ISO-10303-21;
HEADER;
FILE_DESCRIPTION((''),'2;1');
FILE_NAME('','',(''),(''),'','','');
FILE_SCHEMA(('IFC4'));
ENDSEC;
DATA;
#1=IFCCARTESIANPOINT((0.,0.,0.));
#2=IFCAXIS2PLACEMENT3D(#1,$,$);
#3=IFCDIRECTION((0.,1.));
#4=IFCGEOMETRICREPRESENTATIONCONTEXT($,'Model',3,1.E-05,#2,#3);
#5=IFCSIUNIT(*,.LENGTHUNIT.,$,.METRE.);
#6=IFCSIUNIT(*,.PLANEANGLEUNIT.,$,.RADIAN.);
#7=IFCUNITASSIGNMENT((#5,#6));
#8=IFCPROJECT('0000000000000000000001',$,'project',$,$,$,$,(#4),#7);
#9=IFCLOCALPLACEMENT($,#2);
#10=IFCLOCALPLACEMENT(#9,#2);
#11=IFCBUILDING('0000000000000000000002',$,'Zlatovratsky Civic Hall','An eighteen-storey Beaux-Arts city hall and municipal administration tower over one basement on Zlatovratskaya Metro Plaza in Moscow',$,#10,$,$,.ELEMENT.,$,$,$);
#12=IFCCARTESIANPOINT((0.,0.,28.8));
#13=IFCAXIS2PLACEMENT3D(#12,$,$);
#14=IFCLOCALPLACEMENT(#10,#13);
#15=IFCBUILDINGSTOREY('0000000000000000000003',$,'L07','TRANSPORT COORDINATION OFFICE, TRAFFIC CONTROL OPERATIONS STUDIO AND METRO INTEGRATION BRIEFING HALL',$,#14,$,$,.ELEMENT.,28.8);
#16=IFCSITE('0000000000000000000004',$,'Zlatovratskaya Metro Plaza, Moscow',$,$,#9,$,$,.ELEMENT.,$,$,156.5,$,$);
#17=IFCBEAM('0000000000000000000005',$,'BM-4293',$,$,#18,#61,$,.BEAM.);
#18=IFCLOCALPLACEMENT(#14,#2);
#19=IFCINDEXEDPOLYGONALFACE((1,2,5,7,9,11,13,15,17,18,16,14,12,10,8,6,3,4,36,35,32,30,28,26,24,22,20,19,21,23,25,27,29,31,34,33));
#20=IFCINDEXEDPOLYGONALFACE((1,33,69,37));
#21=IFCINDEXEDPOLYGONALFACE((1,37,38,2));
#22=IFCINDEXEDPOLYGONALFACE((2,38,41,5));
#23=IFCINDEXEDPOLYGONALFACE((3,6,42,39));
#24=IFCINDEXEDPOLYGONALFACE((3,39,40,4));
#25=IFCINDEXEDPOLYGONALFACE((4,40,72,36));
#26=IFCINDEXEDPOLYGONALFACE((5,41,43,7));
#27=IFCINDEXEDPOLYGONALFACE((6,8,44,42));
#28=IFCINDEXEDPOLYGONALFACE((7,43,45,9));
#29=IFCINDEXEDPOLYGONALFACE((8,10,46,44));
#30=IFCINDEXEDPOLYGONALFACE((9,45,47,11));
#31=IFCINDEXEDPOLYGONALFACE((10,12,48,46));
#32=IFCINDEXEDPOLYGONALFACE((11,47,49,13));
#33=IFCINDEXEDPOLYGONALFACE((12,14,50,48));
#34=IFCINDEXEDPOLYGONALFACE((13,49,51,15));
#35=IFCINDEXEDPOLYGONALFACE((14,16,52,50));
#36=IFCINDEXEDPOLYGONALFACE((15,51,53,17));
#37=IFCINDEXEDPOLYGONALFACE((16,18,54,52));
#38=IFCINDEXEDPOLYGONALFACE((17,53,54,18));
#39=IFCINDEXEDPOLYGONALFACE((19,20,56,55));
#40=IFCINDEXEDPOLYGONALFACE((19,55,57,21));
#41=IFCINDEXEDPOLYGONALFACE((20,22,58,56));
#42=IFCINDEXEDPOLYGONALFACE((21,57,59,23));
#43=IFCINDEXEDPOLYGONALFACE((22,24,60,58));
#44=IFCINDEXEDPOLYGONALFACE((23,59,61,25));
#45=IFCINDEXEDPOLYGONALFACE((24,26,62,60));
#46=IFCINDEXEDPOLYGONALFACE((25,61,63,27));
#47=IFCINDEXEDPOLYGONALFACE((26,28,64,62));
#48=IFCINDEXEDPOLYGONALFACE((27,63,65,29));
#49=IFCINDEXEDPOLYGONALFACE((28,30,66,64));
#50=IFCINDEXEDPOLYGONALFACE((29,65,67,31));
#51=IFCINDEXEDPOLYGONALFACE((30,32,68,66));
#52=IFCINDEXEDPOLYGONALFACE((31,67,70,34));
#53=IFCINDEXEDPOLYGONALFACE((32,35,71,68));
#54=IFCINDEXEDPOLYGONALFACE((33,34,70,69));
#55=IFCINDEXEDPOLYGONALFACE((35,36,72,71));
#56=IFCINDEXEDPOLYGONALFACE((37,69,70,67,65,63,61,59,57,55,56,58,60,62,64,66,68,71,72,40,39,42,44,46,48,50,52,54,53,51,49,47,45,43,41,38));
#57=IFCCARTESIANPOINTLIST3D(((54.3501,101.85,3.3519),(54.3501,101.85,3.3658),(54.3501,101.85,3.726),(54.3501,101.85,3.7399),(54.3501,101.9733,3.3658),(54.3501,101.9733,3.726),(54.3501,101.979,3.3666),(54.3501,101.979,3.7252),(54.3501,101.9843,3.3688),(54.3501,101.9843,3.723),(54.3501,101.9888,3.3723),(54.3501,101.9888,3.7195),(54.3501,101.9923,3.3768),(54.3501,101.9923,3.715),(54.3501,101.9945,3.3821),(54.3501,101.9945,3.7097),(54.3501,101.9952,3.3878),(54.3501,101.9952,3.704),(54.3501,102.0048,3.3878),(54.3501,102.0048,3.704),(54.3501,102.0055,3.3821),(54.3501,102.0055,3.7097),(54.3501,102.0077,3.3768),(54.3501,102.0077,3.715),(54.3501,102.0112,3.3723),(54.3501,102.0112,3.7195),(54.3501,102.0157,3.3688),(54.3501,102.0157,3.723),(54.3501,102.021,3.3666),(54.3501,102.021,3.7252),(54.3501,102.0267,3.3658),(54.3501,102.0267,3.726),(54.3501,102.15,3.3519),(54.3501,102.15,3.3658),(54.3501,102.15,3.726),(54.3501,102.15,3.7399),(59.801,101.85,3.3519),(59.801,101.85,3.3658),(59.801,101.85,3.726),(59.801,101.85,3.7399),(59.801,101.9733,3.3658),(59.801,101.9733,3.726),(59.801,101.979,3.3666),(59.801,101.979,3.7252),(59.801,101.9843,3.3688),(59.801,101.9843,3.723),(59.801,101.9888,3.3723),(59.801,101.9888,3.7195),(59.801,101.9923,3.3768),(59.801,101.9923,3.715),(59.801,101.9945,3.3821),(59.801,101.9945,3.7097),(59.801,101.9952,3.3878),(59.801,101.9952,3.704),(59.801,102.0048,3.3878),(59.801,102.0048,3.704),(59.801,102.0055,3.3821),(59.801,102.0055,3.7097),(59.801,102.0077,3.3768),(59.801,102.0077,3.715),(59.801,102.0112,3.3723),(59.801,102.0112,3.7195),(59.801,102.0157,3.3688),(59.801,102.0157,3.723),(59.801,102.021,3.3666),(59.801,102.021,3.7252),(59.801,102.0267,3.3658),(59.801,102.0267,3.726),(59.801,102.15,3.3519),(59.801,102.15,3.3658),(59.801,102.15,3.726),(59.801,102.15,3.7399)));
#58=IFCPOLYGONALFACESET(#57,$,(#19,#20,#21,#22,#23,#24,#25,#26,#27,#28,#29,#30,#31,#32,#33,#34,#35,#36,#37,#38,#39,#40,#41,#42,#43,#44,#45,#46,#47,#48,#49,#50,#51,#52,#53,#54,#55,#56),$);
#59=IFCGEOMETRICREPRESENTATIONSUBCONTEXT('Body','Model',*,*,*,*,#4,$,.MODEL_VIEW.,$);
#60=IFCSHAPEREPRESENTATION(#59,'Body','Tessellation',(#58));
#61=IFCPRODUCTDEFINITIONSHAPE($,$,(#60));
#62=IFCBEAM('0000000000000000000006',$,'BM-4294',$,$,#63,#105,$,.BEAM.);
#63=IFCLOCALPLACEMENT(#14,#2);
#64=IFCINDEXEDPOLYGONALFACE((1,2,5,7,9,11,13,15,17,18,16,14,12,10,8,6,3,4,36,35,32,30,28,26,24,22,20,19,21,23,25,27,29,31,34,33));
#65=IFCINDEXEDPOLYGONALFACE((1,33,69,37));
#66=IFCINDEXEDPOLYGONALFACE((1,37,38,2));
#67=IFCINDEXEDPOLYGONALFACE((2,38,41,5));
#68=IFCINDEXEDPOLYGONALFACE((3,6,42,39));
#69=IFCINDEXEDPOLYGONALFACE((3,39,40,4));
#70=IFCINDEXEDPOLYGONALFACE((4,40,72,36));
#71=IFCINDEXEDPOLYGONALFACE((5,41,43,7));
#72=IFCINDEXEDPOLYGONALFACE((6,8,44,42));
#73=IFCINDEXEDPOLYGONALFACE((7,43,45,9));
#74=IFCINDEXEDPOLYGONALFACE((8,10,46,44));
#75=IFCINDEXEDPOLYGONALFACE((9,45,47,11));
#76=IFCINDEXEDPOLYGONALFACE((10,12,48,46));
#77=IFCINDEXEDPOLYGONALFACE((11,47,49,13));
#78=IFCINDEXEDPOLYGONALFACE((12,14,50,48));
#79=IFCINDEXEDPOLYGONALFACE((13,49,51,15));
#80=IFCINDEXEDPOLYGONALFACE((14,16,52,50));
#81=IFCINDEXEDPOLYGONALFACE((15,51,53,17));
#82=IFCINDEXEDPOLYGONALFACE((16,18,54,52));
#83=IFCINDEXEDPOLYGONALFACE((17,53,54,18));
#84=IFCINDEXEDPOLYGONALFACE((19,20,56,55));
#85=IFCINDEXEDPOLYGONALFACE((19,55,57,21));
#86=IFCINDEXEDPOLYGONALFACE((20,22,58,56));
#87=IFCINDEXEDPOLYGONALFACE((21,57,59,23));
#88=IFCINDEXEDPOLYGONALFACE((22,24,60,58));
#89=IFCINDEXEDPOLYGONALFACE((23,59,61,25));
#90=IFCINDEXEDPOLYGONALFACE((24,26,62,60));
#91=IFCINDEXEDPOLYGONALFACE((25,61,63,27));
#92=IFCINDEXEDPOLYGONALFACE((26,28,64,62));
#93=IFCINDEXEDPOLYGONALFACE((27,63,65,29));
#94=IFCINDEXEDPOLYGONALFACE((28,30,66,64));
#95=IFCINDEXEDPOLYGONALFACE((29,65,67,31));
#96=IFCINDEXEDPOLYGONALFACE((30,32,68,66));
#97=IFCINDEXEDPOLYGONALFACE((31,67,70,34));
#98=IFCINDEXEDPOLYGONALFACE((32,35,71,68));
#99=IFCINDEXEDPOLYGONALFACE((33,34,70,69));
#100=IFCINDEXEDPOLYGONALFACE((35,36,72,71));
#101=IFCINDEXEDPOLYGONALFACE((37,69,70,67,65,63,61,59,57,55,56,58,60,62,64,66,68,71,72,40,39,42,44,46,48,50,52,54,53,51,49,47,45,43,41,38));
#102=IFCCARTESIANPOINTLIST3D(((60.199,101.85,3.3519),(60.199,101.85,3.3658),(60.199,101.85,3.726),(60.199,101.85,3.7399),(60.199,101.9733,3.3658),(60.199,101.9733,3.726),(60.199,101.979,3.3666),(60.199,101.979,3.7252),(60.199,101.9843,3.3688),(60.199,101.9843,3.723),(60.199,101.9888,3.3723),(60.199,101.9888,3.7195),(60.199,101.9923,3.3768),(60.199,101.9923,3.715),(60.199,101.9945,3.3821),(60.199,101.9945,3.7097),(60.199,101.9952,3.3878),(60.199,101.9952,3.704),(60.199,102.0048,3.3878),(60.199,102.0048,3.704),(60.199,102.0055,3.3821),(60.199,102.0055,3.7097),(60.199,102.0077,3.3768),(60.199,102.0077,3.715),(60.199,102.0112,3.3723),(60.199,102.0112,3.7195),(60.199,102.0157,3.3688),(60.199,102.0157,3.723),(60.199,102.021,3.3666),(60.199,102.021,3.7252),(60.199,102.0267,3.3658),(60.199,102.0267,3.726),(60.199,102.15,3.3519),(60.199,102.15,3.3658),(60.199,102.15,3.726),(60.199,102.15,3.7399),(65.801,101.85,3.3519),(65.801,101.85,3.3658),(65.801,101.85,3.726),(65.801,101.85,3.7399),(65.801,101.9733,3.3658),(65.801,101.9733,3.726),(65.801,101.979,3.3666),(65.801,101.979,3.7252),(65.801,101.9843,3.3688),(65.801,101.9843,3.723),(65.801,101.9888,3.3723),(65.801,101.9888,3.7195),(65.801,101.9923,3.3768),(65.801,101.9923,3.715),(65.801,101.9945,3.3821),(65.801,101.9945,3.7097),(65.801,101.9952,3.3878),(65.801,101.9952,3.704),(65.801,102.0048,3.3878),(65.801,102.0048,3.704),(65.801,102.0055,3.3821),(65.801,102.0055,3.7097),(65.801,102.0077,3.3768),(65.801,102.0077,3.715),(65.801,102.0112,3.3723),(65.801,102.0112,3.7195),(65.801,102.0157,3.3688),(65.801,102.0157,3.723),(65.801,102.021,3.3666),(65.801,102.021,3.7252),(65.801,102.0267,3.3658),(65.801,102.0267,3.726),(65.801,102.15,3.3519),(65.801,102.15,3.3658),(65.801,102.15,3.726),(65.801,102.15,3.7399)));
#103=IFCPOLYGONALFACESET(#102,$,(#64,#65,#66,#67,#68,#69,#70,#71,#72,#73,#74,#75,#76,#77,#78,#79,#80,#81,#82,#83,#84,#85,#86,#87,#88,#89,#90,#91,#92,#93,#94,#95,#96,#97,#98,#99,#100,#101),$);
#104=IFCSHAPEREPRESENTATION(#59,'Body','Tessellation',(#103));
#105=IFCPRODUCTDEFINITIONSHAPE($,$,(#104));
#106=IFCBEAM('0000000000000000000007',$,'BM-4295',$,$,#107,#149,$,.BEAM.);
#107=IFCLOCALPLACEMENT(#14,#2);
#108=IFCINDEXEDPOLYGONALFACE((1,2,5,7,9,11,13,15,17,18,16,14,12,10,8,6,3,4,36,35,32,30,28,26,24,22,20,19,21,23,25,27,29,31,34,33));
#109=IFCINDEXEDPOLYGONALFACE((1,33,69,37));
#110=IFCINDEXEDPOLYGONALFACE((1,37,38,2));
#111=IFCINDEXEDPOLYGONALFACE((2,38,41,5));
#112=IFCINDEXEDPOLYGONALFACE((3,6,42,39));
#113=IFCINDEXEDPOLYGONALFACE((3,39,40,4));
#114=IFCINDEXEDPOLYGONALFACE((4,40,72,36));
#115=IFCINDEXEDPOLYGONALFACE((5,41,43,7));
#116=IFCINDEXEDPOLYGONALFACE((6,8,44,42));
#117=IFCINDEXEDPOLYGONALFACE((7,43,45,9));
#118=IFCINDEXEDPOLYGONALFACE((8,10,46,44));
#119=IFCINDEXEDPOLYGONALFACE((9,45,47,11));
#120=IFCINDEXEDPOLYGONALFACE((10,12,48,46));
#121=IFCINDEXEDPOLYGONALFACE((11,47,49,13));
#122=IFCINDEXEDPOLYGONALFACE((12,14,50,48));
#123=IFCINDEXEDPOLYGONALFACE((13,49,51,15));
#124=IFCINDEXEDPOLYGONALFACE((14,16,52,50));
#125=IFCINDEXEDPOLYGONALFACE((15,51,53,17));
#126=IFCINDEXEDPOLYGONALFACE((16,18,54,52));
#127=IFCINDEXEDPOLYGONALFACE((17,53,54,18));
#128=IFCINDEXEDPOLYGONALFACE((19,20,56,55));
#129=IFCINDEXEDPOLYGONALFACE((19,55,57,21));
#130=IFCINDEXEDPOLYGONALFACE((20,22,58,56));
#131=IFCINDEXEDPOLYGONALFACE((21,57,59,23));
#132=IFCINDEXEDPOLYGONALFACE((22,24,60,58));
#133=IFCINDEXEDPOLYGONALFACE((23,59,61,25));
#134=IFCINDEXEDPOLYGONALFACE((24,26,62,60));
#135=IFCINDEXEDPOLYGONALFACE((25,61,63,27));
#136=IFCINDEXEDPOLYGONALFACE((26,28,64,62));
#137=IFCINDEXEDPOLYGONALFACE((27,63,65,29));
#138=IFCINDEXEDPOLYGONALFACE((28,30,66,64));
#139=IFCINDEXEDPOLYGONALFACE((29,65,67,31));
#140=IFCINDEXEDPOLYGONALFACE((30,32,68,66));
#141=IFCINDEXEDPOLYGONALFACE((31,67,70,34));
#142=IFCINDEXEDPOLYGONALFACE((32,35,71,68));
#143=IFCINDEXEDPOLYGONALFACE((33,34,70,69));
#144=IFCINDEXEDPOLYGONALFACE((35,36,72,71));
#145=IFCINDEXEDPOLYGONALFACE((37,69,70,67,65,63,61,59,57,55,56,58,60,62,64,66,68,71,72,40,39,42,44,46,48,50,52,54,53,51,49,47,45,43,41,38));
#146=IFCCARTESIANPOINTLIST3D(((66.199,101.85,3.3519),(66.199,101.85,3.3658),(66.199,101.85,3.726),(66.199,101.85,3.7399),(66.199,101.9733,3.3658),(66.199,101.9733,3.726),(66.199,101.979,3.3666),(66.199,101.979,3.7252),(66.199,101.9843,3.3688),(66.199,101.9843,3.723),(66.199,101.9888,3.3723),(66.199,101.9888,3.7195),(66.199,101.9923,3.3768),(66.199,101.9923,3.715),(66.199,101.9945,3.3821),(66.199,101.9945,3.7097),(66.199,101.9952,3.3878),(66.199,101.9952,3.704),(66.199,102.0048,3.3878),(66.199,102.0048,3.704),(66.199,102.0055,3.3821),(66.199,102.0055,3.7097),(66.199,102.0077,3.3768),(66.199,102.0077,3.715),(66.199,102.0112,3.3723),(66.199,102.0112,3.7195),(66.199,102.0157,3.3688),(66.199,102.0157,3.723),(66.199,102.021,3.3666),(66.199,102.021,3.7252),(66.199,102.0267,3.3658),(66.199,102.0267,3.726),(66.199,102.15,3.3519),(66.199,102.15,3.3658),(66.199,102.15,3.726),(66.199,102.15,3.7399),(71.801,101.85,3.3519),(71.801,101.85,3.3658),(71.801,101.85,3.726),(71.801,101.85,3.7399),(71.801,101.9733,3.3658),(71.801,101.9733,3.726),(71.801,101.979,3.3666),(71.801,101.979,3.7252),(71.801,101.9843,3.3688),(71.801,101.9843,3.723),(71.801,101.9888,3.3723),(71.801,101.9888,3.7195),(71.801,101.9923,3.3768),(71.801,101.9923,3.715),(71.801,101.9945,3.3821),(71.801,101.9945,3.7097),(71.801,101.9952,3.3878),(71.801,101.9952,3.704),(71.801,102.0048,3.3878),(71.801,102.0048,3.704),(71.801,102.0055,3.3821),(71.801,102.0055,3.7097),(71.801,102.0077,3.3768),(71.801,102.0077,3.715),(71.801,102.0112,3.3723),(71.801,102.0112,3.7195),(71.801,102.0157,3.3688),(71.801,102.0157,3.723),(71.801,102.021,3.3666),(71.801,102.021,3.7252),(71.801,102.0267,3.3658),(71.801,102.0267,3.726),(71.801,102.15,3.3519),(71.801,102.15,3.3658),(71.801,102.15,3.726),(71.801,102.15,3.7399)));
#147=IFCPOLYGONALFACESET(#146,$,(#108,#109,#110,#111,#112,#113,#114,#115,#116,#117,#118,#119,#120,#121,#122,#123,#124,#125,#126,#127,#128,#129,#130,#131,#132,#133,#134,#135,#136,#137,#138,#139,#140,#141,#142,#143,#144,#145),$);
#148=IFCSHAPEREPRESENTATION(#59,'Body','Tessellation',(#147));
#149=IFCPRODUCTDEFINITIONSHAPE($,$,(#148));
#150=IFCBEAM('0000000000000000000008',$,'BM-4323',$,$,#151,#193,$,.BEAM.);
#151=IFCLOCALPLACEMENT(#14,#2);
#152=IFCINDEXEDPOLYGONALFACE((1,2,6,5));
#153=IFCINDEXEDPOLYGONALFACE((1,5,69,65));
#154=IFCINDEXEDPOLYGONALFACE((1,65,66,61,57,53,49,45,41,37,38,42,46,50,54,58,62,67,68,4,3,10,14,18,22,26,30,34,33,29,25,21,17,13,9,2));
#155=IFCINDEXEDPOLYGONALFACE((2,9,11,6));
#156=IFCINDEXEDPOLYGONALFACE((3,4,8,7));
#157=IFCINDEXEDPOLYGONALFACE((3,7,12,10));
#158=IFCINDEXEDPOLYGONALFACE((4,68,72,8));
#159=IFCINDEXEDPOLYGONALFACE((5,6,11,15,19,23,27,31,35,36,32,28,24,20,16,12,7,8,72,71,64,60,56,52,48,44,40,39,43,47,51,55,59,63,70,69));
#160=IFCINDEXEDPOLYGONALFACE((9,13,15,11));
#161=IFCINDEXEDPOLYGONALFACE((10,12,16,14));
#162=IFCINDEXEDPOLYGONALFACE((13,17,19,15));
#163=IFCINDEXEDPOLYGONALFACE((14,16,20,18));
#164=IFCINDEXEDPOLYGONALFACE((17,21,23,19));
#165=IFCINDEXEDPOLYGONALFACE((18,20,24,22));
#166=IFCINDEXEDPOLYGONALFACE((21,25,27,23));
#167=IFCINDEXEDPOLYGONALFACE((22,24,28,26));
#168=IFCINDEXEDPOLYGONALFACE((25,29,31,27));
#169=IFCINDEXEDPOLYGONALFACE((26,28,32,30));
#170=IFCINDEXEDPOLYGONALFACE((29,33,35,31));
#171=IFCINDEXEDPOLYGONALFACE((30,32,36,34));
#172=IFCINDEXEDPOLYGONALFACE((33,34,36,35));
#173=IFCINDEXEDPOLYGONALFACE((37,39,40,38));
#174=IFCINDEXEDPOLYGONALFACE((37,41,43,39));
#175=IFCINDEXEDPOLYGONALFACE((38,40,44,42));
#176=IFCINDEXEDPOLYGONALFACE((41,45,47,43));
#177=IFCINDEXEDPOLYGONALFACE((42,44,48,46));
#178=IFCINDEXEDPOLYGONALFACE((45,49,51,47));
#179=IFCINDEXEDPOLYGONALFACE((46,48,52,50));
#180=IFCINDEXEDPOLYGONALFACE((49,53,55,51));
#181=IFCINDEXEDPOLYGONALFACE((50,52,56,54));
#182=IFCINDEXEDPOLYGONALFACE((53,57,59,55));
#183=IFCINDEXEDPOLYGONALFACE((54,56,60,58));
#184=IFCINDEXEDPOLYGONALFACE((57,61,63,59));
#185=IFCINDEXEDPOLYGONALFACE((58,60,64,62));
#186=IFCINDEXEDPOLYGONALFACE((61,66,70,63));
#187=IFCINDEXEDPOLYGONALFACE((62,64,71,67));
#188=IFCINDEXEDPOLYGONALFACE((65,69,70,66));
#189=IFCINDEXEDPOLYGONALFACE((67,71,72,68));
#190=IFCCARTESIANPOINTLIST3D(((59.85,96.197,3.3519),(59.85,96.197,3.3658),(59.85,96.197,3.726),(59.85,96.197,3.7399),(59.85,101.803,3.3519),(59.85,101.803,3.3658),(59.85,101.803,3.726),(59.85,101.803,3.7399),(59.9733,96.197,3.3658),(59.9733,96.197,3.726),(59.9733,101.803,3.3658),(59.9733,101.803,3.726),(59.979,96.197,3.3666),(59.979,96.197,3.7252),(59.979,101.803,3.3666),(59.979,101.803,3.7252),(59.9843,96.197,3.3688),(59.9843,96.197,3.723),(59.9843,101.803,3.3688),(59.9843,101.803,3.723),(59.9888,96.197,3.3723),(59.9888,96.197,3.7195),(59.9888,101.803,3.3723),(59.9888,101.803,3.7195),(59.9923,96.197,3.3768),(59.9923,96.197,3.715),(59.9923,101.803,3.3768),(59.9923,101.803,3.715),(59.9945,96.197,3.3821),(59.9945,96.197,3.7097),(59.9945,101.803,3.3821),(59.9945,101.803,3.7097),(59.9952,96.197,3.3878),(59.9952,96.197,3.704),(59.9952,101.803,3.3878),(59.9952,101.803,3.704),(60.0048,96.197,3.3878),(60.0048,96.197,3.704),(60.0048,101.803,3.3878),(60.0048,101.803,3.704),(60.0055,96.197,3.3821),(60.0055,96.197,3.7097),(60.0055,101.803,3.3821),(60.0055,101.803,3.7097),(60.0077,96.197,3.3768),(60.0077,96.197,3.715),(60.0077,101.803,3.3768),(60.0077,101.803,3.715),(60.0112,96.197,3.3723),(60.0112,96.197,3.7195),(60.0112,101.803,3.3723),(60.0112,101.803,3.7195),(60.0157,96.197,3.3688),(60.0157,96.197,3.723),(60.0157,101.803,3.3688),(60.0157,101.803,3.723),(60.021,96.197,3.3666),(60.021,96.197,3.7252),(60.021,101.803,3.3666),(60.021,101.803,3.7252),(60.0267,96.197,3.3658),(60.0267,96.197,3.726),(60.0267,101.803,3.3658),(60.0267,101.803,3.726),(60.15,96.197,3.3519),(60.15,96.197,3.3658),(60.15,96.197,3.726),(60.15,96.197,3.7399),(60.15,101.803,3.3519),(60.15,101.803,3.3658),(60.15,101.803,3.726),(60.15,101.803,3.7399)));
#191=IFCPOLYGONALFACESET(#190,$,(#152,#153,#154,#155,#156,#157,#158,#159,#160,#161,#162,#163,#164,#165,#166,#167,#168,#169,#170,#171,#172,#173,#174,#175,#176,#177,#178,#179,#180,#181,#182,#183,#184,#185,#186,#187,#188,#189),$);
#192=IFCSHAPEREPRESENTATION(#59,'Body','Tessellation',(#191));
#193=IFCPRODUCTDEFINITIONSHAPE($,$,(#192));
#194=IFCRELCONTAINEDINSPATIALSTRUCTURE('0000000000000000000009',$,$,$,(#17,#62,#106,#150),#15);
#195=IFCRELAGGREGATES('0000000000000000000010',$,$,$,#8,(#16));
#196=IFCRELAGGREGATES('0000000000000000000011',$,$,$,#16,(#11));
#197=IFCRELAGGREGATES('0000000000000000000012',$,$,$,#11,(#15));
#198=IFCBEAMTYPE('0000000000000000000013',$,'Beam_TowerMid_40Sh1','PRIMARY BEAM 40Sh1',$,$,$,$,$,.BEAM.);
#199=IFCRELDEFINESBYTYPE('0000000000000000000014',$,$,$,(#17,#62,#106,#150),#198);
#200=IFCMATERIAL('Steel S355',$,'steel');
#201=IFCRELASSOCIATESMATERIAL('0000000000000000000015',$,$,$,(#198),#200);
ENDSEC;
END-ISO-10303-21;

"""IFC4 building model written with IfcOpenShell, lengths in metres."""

from ifc_helpers import new_model, si_unit, direction, frame, origin, origin_2d, place, context, subcontext, project, spatial, i_section, extrude, material, material_profile, profile_set, type_object, element, save


model = new_model("IFC4")

# Units and contexts
model_context = context("Model", 3, precision=1e-05, world=origin(), true_north=direction((0.0, 1.0)))
body_context = subcontext(model_context, "Body", "Model", "MODEL_VIEW")
ifc_project = project(units=[si_unit("LENGTHUNIT", "METRE"), si_unit("PLANEANGLEUNIT", "RADIAN")], contexts=[model_context])

# Site, building, storey
site_placement = place(None, origin())
site = spatial("IfcSite", under=ifc_project, at=site_placement, Name="Zlatovratskaya Metro Plaza, Moscow", CompositionType="ELEMENT", RefElevation=156.5)
building_placement = place(site_placement, origin())
building = spatial("IfcBuilding", under=site, at=building_placement, Name="Zlatovratsky Civic Hall", Description="An eighteen-storey Beaux-Arts city hall and municipal administration tower over one basement on Zlatovratskaya Metro Plaza in Moscow", CompositionType="ELEMENT")
storey_placement = place(building_placement, frame((0.0, 0.0, 28.8)))
storey = spatial("IfcBuildingStorey", under=building, at=storey_placement, Name="L07", Description="TRANSPORT COORDINATION OFFICE, TRAFFIC CONTROL OPERATIONS STUDIO AND METRO INTEGRATION BRIEFING HALL", CompositionType="ELEMENT", Elevation=28.8)

# Shared definitions
ifc_material_1 = material(Name="Steel S355", Category="steel")

# Beams
ifc_material_profile_1 = material_profile(ifc_material_1, i_section(OverallWidth=0.3, OverallDepth=0.3879, WebThickness=0.0095, FlangeThickness=0.0139, FilletRadius=0.022, at=origin_2d()), Name="40Sh1")
ifc_profile_set_1 = profile_set([ifc_material_profile_1], Name="Steel S355")
beam_type_1 = type_object("IfcBeamType", Name="Beam_TowerMid_40Sh1", Description="PRIMARY BEAM 40Sh1", PredefinedType="BEAM", material=ifc_profile_set_1)
beam_1_placement = place(storey_placement, frame((54.3501, 102.0, 3.5459), z_axis=(1.0, 0.0, 0.0), x_axis=(0.0, 1.0, 0.0)))
element("IfcBeam", 1, at=beam_1_placement, inside=storey, type_object=beam_type_1, Name="BM-4293", PredefinedType="BEAM", context=body_context, shape_type="SweptSolid", body=[
    extrude(i_section(OverallWidth=0.3, OverallDepth=0.3879, WebThickness=0.0095, FlangeThickness=0.0139, FilletRadius=0.022, at=origin_2d()), origin(), (0.0, 0.0, 1.0), 5.4509),
])
for number, where, z_axis, x_axis, name in (
    (2, (60.199, 102.0, 3.5459), (1.0, 0.0, 0.0), (0.0, 1.0, 0.0), "BM-4294"),
    (3, (66.199, 102.0, 3.5459), (1.0, 0.0, 0.0), (0.0, 1.0, 0.0), "BM-4295"),
):
    element("IfcBeam", number, at=place(storey_placement, frame(where, z_axis=z_axis, x_axis=x_axis)), inside=storey, type_object=beam_type_1, Name=name, PredefinedType="BEAM", context=body_context, shape_type="SweptSolid", body=[
        extrude(i_section(OverallWidth=0.3, OverallDepth=0.3879, WebThickness=0.0095, FlangeThickness=0.0139, FilletRadius=0.022, at=origin_2d()), origin(), (0.0, 0.0, 1.0), 5.6021),
    ])
beam_2_placement = place(storey_placement, frame((60.0, 96.197, 3.5459), z_axis=(0.0, 1.0, 0.0), x_axis=(-1.0, 0.0, 0.0)))
element("IfcBeam", 4, at=beam_2_placement, inside=storey, type_object=beam_type_1, Name="BM-4323", PredefinedType="BEAM", context=body_context, shape_type="SweptSolid", body=[
    extrude(i_section(OverallWidth=0.3, OverallDepth=0.3879, WebThickness=0.0095, FlangeThickness=0.0139, FilletRadius=0.022, at=origin_2d()), origin(), (0.0, 0.0, 1.0), 5.606),
])

save(model, "model.ifc")
